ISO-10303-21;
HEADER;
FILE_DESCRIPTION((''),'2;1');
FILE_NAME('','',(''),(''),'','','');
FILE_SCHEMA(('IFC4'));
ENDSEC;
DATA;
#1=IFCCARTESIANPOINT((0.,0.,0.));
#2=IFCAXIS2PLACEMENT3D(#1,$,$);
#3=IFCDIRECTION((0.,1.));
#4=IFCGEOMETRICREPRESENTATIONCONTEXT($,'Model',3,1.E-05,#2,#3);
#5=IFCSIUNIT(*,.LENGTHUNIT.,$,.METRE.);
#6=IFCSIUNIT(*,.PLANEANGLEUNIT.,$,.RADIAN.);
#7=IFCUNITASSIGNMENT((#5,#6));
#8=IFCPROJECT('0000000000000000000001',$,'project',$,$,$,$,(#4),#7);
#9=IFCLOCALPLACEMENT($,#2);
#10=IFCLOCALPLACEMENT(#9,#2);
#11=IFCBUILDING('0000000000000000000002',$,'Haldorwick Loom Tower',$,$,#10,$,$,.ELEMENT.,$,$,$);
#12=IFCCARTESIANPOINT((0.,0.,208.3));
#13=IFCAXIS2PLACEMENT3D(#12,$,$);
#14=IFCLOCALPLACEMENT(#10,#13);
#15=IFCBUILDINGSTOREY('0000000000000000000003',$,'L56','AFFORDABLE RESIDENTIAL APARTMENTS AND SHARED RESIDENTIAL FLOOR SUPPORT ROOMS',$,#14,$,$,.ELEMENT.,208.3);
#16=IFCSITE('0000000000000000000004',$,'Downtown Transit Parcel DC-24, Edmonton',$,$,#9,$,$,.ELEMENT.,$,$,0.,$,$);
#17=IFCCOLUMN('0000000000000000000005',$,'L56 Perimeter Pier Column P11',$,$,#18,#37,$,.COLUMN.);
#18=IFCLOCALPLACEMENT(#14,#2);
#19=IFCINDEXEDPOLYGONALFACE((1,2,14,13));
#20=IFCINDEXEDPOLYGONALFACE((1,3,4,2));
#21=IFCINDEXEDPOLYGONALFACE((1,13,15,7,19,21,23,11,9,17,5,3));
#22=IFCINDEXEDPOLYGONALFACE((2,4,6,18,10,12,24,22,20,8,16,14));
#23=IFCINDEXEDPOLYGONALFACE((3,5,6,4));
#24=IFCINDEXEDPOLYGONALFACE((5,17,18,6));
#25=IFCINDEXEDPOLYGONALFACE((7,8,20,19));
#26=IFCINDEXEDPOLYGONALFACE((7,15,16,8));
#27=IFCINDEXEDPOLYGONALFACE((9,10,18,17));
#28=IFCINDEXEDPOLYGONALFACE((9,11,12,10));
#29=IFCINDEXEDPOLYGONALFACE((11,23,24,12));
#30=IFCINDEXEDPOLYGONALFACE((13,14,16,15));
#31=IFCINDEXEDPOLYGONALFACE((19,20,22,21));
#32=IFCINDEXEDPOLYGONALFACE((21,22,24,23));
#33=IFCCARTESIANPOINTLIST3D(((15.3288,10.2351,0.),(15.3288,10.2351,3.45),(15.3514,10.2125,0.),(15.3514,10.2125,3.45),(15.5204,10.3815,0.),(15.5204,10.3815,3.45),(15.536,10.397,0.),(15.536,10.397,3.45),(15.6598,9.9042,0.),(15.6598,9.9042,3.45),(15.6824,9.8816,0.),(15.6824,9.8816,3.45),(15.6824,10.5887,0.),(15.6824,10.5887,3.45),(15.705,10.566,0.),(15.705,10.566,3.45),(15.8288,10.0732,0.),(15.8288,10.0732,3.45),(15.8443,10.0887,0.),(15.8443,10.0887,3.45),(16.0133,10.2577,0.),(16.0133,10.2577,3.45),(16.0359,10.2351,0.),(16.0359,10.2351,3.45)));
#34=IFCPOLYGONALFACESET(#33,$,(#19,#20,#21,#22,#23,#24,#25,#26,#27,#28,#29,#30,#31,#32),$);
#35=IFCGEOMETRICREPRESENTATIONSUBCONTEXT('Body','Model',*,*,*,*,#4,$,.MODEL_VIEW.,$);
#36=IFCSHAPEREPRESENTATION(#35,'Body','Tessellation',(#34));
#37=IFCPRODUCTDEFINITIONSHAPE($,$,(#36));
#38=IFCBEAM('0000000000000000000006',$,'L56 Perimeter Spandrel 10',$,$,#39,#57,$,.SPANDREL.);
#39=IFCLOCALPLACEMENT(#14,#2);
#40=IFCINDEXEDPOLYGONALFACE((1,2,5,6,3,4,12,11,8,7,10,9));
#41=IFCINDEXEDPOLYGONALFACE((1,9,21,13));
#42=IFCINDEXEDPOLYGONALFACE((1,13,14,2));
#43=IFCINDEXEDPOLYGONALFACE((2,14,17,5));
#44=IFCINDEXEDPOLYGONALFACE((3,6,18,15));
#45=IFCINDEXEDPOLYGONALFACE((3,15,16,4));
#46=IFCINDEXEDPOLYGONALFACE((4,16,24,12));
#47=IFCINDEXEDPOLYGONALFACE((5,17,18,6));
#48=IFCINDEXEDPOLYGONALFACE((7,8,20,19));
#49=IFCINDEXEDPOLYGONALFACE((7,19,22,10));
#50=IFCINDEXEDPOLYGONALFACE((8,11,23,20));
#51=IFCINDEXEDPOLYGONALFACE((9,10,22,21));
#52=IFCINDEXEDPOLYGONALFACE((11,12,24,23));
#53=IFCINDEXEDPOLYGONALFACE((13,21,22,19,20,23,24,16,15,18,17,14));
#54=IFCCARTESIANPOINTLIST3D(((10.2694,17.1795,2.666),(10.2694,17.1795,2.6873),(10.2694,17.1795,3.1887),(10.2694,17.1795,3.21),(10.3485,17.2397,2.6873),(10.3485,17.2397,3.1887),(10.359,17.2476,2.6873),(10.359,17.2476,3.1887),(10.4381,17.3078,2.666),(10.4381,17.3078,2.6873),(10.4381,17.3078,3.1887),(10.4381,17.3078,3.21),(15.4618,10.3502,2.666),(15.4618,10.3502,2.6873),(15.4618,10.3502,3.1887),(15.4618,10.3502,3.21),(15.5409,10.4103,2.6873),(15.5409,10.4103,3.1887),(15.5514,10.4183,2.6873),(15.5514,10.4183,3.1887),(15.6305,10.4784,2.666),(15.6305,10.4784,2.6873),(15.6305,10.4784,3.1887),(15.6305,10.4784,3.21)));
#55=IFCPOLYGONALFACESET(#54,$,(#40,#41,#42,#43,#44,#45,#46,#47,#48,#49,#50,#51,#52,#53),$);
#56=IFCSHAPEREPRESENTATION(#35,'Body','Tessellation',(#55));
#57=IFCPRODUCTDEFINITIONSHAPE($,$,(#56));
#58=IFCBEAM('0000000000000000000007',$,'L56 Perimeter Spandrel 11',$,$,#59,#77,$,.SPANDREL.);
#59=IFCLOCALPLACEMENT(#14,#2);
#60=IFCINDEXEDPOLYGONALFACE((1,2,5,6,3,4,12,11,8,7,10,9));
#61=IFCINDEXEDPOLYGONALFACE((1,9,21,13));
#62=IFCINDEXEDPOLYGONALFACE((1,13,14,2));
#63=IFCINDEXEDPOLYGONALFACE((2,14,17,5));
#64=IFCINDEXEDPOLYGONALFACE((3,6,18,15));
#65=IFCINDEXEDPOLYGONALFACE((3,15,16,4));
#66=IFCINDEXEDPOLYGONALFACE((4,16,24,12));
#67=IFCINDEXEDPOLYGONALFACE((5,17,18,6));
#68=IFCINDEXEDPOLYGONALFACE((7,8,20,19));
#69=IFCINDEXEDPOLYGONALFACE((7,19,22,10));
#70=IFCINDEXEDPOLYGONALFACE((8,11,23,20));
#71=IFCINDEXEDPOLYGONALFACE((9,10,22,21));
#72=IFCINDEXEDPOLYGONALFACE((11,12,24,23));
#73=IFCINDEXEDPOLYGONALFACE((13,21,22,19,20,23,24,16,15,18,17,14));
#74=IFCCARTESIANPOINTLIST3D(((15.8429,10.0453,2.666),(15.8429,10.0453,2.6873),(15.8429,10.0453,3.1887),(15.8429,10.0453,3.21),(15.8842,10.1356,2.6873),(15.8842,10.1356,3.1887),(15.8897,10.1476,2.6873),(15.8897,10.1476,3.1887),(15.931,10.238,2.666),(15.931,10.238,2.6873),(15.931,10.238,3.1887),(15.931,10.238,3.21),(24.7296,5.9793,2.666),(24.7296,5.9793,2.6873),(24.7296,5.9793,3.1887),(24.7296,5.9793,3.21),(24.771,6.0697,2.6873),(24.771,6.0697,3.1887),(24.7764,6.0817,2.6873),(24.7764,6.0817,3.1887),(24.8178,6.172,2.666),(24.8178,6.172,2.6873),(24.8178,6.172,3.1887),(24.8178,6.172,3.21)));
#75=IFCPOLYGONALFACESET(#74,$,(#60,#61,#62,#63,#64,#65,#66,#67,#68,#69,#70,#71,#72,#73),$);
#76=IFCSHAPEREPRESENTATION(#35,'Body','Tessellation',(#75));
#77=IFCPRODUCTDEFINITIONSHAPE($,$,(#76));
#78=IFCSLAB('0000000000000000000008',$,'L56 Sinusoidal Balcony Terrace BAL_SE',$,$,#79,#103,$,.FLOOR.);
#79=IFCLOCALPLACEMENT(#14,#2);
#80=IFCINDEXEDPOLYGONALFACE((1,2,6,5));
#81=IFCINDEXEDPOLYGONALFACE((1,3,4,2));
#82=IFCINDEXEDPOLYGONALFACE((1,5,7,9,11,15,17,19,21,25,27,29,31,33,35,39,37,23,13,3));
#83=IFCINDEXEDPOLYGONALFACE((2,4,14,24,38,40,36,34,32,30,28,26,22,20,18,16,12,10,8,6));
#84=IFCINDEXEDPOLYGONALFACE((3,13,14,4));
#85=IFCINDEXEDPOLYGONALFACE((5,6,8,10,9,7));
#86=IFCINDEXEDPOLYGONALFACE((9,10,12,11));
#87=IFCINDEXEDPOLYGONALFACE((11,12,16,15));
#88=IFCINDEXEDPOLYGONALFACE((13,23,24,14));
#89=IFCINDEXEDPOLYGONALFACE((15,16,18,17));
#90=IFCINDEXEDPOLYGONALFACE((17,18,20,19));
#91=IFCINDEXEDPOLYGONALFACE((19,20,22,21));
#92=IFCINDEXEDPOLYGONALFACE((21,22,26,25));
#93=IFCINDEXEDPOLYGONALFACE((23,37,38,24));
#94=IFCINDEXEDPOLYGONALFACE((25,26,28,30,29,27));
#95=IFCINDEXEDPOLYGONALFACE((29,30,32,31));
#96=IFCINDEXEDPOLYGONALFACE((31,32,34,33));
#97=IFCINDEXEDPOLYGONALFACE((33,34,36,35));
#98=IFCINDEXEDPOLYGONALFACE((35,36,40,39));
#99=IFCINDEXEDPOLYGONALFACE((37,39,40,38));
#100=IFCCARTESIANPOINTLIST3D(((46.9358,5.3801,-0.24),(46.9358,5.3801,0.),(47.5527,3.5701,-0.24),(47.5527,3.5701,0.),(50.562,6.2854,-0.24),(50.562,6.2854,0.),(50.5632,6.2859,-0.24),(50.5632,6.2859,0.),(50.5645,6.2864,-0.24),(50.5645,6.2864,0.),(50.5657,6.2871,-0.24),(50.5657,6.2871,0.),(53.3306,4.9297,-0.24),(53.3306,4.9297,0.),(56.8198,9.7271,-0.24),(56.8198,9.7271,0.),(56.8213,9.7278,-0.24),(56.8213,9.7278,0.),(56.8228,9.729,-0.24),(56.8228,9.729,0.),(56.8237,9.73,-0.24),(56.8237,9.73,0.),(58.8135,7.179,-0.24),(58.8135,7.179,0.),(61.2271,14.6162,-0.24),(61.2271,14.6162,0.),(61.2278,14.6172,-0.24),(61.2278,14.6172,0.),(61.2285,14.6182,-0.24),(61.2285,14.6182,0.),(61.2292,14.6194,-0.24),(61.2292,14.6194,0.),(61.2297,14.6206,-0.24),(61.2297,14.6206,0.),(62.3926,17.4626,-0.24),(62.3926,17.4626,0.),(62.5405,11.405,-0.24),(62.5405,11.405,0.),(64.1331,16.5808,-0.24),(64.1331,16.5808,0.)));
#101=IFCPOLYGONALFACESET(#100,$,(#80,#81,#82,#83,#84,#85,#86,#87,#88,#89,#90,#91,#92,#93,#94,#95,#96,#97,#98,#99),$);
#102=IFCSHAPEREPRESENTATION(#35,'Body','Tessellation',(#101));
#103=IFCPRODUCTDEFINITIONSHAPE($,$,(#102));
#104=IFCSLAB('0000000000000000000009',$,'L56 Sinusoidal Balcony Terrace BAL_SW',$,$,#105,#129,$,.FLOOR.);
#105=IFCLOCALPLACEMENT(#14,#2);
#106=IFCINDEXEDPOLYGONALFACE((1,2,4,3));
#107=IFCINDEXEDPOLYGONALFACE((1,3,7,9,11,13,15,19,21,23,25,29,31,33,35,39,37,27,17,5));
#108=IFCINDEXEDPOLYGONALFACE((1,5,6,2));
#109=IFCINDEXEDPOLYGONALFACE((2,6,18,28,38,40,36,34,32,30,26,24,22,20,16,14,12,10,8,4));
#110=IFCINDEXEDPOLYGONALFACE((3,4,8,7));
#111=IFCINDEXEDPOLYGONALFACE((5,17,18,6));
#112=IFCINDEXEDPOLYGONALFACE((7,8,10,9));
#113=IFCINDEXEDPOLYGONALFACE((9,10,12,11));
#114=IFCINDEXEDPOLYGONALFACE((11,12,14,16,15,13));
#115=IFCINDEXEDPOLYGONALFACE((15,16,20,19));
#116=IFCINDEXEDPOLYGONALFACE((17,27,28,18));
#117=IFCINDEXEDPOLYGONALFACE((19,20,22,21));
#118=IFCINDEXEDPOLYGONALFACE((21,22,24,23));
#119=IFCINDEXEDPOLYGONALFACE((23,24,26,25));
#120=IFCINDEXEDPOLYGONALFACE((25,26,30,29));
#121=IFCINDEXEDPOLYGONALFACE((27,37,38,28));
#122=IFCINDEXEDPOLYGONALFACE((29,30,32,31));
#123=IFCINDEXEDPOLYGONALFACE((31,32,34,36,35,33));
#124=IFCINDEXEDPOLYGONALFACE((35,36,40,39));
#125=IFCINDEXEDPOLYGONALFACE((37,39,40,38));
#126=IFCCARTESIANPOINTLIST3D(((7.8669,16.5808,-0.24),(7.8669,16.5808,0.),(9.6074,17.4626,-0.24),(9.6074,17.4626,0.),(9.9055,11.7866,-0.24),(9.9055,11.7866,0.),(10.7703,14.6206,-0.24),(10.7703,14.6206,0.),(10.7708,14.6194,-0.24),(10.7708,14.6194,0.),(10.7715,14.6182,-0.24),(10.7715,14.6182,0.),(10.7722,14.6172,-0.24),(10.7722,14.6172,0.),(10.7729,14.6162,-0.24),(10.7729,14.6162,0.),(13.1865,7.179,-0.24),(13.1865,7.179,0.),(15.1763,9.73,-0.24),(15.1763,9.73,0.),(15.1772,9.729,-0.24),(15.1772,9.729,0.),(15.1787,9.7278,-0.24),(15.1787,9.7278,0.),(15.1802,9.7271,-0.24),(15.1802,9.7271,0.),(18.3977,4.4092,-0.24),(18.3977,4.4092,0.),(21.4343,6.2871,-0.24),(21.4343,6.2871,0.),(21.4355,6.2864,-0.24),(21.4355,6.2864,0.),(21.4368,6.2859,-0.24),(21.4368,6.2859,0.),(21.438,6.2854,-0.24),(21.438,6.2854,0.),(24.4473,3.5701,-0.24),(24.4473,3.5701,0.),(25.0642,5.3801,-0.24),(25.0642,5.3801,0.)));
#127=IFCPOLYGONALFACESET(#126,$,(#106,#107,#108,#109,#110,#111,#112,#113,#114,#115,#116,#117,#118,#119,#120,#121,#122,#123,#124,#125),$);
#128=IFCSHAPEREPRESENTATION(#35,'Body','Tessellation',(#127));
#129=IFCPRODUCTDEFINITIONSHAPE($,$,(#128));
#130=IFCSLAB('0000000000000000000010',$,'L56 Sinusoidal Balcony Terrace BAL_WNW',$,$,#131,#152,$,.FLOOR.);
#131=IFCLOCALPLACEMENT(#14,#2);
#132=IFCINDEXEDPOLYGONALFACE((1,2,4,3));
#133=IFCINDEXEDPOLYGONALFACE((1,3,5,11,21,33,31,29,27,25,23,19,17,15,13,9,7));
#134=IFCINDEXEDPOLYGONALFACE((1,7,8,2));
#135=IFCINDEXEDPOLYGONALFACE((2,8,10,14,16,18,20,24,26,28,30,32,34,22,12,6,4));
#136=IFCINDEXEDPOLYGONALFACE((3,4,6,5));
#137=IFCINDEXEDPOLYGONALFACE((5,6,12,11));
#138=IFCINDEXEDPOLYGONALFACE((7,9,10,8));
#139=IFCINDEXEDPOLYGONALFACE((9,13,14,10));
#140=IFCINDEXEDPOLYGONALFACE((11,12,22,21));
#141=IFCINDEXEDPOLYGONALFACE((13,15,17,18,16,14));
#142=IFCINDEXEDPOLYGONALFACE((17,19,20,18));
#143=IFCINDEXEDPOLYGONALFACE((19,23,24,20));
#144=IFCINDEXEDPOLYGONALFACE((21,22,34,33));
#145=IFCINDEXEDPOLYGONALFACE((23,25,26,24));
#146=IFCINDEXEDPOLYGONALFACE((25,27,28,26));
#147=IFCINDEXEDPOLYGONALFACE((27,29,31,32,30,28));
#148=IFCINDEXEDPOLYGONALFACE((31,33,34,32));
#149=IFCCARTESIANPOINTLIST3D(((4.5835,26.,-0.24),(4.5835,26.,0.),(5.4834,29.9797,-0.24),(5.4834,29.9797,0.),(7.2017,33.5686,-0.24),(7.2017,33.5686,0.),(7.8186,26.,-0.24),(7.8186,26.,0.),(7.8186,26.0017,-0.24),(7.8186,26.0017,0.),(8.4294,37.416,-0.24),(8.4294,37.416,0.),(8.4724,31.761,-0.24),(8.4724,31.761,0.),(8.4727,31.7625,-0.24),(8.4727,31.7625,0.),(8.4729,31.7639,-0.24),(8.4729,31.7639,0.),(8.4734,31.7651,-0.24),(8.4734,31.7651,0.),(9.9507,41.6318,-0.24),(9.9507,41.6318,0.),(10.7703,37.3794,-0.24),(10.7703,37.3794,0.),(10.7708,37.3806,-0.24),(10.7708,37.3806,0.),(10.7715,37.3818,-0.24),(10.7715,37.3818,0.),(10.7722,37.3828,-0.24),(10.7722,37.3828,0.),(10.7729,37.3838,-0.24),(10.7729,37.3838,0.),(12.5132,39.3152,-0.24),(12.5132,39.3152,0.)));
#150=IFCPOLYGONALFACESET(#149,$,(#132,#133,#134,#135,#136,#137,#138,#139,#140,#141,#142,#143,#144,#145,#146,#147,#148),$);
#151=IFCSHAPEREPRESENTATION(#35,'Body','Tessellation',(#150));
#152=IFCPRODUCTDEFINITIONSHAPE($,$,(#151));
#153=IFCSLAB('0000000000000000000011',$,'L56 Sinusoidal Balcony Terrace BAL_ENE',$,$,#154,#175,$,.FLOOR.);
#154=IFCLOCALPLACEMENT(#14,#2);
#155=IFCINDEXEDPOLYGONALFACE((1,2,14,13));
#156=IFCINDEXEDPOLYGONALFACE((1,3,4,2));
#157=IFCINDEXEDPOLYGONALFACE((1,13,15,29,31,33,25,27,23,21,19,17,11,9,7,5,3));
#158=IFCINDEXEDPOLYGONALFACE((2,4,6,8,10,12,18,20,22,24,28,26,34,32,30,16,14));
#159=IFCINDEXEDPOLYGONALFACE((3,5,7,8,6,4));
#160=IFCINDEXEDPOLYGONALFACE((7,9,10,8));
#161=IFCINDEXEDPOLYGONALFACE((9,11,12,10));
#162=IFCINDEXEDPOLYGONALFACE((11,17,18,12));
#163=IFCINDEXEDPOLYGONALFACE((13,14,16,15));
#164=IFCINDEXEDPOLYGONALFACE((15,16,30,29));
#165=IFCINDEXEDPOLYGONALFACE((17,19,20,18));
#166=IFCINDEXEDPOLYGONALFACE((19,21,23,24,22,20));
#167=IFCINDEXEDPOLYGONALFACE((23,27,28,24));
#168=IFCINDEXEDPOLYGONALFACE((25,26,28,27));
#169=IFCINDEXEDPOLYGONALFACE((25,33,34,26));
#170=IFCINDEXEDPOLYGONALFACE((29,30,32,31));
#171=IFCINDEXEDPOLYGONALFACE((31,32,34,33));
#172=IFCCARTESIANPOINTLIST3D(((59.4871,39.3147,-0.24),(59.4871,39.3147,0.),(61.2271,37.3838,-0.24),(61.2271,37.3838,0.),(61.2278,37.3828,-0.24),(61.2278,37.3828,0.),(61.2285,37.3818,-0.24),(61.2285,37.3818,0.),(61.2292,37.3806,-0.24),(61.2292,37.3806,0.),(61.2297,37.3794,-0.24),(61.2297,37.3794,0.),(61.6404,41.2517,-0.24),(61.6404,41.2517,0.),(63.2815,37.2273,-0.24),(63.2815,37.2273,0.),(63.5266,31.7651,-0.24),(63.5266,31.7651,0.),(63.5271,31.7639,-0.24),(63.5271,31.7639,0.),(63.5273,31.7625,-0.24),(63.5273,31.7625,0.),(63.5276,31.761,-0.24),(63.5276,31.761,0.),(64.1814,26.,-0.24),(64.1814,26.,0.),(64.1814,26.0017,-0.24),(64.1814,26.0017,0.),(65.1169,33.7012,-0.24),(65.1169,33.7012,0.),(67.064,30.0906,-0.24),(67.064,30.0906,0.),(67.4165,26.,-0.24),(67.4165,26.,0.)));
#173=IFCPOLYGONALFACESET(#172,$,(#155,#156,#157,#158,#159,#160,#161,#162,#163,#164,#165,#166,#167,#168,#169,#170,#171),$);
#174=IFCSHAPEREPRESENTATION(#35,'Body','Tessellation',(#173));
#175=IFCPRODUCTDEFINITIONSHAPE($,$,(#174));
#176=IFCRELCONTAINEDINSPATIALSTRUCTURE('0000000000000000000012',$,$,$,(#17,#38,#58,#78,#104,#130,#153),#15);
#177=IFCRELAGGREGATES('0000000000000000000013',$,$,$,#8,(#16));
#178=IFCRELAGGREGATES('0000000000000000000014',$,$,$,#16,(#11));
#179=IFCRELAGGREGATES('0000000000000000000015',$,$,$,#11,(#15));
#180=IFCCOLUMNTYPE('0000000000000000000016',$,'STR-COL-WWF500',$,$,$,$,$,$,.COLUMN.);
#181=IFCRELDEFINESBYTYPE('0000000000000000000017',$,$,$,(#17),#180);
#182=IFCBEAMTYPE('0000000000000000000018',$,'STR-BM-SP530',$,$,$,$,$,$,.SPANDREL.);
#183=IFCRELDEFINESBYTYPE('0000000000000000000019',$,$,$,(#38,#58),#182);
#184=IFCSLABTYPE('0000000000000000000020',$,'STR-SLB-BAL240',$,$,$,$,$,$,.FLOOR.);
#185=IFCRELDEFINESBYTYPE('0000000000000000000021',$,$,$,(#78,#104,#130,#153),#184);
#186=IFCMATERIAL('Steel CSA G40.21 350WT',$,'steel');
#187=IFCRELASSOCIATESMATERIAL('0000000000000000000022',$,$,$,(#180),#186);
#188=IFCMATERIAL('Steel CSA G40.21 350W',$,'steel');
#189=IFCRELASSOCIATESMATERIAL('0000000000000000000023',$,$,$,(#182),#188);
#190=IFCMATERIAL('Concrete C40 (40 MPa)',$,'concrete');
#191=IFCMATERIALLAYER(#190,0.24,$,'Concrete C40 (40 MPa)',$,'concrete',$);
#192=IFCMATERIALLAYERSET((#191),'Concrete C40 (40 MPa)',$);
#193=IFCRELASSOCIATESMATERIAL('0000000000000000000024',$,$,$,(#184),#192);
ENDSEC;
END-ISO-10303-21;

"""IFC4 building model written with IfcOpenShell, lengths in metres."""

from ifc_helpers import new_model, si_unit, direction, frame, origin, origin_2d, place, context, subcontext, project, spatial, polyline, i_section, outline, extrude, material, layer, layer_set, material_profile, profile_set, type_object, element, save


model = new_model("IFC4")

# Units and contexts
model_context = context("Model", 3, precision=1e-05, world=origin(), true_north=direction((0.0, 1.0)))
body_context = subcontext(model_context, "Body", "Model", "MODEL_VIEW")
ifc_project = project(units=[si_unit("LENGTHUNIT", "METRE"), si_unit("PLANEANGLEUNIT", "RADIAN")], contexts=[model_context])

# Site, building, storey
site_placement = place(None, origin())
site = spatial("IfcSite", under=ifc_project, at=site_placement, Name="Downtown Transit Parcel DC-24, Edmonton", CompositionType="ELEMENT", RefElevation=0.0)
building_placement = place(site_placement, origin())
building = spatial("IfcBuilding", under=site, at=building_placement, Name="Haldorwick Loom Tower", CompositionType="ELEMENT")
storey_placement = place(building_placement, frame((0.0, 0.0, 208.3)))
storey = spatial("IfcBuildingStorey", under=building, at=storey_placement, Name="L56", Description="AFFORDABLE RESIDENTIAL APARTMENTS AND SHARED RESIDENTIAL FLOOR SUPPORT ROOMS", CompositionType="ELEMENT", Elevation=208.3)

# Column
ifc_material_1 = material(Name="Steel CSA G40.21 350WT", Category="steel")
ifc_material_profile_1 = material_profile(ifc_material_1, i_section(OverallWidth=0.5, OverallDepth=0.5, WebThickness=0.022, FlangeThickness=0.032, at=origin_2d()), Name="WWF500X500", Category="steel")
ifc_profile_set_1 = profile_set([ifc_material_profile_1], Name="Steel CSA G40.21 350WT")
column_type = type_object("IfcColumnType", Name="STR-COL-WWF500", PredefinedType="COLUMN", material=ifc_profile_set_1)
column_placement = place(storey_placement, frame((15.6824, 10.2351, 0.0), z_axis=(0.0, 0.0, 1.0), x_axis=(-0.707107, -0.707107, 0.0)))
element("IfcColumn", 1, at=column_placement, inside=storey, type_object=column_type, Name="L56 Perimeter Pier Column P11", PredefinedType="COLUMN", context=body_context, shape_type="SweptSolid", body=[
    extrude(i_section(OverallWidth=0.5, OverallDepth=0.5, WebThickness=0.022, FlangeThickness=0.032, at=origin_2d()), origin(), (0.0, 0.0, 1.0), 3.45),
])

# Beams
ifc_material_2 = material(Name="Steel CSA G40.21 350W", Category="steel")
ifc_material_profile_2 = material_profile(ifc_material_2, i_section(OverallWidth=0.2119, OverallDepth=0.5439, WebThickness=0.0132, FlangeThickness=0.0212, at=origin_2d()), Name="W530X123", Category="steel")
ifc_profile_set_2 = profile_set([ifc_material_profile_2], Name="Steel CSA G40.21 350W")
beam_type = type_object("IfcBeamType", Name="STR-BM-SP530", PredefinedType="SPANDREL", material=ifc_profile_set_2)
beam_1_placement = place(storey_placement, frame((10.3538, 17.2437, 2.938), z_axis=(0.605237, -0.796045, 0.0), x_axis=(0.796045, 0.605237, 0.0)))
element("IfcBeam", 2, at=beam_1_placement, inside=storey, type_object=beam_type, Name="L56 Perimeter Spandrel 10", PredefinedType="SPANDREL", context=body_context, shape_type="SweptSolid", body=[
    extrude(i_section(OverallWidth=0.2119, OverallDepth=0.5439, WebThickness=0.0132, FlangeThickness=0.0212, at=origin_2d()), origin(), (0.0, 0.0, 1.0), 8.5791),
])
beam_2_placement = place(storey_placement, frame((15.887, 10.1416, 2.938), z_axis=(0.909342, -0.416049, 0.0), x_axis=(0.416049, 0.909342, 0.0)))
element("IfcBeam", 3, at=beam_2_placement, inside=storey, type_object=beam_type, Name="L56 Perimeter Spandrel 11", PredefinedType="SPANDREL", context=body_context, shape_type="SweptSolid", body=[
    extrude(i_section(OverallWidth=0.2119, OverallDepth=0.5439, WebThickness=0.0132, FlangeThickness=0.0212, at=origin_2d()), origin(), (0.0, 0.0, 1.0), 9.7727),
])

# Slabs
ifc_material_3 = material(Name="Concrete C40 (40 MPa)", Category="concrete")
ifc_layer_1 = layer(ifc_material_3, 0.24, Name="Concrete C40 (40 MPa)", Category="concrete")
ifc_layer_set_1 = layer_set([ifc_layer_1], Name="Concrete C40 (40 MPa)")
slab_type_1 = type_object("IfcSlabType", Name="STR-SLB-BAL240", PredefinedType="FLOOR", material=ifc_layer_set_1)
slab_1_placement = place(storey_placement, frame((0.0, 0.0, -0.24)))
element("IfcSlab", 4, at=slab_1_placement, inside=storey, type_object=slab_type_1, Name="L56 Sinusoidal Balcony Terrace BAL_SE", PredefinedType="FLOOR", context=body_context, shape_type="SweptSolid", body=[
    extrude(outline(polyline([(62.3926, 17.4626), (61.2297, 14.6206), (61.2292, 14.6194), (61.2285, 14.6182), (61.2278, 14.6172), (61.2271, 14.6162), (56.8237, 9.73), (56.8228, 9.729), (56.8213, 9.7278), (56.8198, 9.7271), (50.5657, 6.2871), (50.5645, 6.2864), (50.5632, 6.2859), (50.562, 6.2854), (46.9358, 5.3801), (47.5527, 3.5701), (53.3306, 4.9297), (58.8135, 7.179), (62.5405, 11.405), (64.1331, 16.5808), (62.3926, 17.4626)])), origin(), (0.0, 0.0, 1.0), 0.24),
])
slab_2_placement = place(storey_placement, frame((0.0, 0.0, -0.24)))
element("IfcSlab", 5, at=slab_2_placement, inside=storey, type_object=slab_type_1, Name="L56 Sinusoidal Balcony Terrace BAL_SW", PredefinedType="FLOOR", context=body_context, shape_type="SweptSolid", body=[
    extrude(outline(polyline([(25.0642, 5.3801), (21.438, 6.2854), (21.4368, 6.2859), (21.4355, 6.2864), (21.4343, 6.2871), (15.1802, 9.7271), (15.1787, 9.7278), (15.1772, 9.729), (15.1763, 9.73), (10.7729, 14.6162), (10.7722, 14.6172), (10.7715, 14.6182), (10.7708, 14.6194), (10.7703, 14.6206), (9.6074, 17.4626), (7.8669, 16.5808), (9.9055, 11.7866), (13.1865, 7.179), (18.3977, 4.4092), (24.4473, 3.5701), (25.0642, 5.3801)])), origin(), (0.0, 0.0, 1.0), 0.24),
])
slab_3_placement = place(storey_placement, frame((0.0, 0.0, -0.24)))
element("IfcSlab", 6, at=slab_3_placement, inside=storey, type_object=slab_type_1, Name="L56 Sinusoidal Balcony Terrace BAL_WNW", PredefinedType="FLOOR", context=body_context, shape_type="SweptSolid", body=[
    extrude(outline(polyline([(7.8186, 26.0), (7.8186, 26.0017), (8.4724, 31.761), (8.4727, 31.7625), (8.4729, 31.7639), (8.4734, 31.7651), (10.7703, 37.3794), (10.7708, 37.3806), (10.7715, 37.3818), (10.7722, 37.3828), (10.7729, 37.3838), (12.5132, 39.3152), (9.9507, 41.6318), (8.4294, 37.416), (7.2017, 33.5686), (5.4834, 29.9797), (4.5835, 26.0), (7.8186, 26.0)])), origin(), (0.0, 0.0, 1.0), 0.24),
])
slab_4_placement = place(storey_placement, frame((0.0, 0.0, -0.24)))
element("IfcSlab", 7, at=slab_4_placement, inside=storey, type_object=slab_type_1, Name="L56 Sinusoidal Balcony Terrace BAL_ENE", PredefinedType="FLOOR", context=body_context, shape_type="SweptSolid", body=[
    extrude(outline(polyline([(59.4871, 39.3147), (61.2271, 37.3838), (61.2278, 37.3828), (61.2285, 37.3818), (61.2292, 37.3806), (61.2297, 37.3794), (63.5266, 31.7651), (63.5271, 31.7639), (63.5273, 31.7625), (63.5276, 31.761), (64.1814, 26.0017), (64.1814, 26.0), (67.4165, 26.0), (67.064, 30.0906), (65.1169, 33.7012), (63.2815, 37.2273), (61.6404, 41.2517), (59.4871, 39.3147)])), origin(), (0.0, 0.0, 1.0), 0.24),
])

save(model, "model.ifc")
